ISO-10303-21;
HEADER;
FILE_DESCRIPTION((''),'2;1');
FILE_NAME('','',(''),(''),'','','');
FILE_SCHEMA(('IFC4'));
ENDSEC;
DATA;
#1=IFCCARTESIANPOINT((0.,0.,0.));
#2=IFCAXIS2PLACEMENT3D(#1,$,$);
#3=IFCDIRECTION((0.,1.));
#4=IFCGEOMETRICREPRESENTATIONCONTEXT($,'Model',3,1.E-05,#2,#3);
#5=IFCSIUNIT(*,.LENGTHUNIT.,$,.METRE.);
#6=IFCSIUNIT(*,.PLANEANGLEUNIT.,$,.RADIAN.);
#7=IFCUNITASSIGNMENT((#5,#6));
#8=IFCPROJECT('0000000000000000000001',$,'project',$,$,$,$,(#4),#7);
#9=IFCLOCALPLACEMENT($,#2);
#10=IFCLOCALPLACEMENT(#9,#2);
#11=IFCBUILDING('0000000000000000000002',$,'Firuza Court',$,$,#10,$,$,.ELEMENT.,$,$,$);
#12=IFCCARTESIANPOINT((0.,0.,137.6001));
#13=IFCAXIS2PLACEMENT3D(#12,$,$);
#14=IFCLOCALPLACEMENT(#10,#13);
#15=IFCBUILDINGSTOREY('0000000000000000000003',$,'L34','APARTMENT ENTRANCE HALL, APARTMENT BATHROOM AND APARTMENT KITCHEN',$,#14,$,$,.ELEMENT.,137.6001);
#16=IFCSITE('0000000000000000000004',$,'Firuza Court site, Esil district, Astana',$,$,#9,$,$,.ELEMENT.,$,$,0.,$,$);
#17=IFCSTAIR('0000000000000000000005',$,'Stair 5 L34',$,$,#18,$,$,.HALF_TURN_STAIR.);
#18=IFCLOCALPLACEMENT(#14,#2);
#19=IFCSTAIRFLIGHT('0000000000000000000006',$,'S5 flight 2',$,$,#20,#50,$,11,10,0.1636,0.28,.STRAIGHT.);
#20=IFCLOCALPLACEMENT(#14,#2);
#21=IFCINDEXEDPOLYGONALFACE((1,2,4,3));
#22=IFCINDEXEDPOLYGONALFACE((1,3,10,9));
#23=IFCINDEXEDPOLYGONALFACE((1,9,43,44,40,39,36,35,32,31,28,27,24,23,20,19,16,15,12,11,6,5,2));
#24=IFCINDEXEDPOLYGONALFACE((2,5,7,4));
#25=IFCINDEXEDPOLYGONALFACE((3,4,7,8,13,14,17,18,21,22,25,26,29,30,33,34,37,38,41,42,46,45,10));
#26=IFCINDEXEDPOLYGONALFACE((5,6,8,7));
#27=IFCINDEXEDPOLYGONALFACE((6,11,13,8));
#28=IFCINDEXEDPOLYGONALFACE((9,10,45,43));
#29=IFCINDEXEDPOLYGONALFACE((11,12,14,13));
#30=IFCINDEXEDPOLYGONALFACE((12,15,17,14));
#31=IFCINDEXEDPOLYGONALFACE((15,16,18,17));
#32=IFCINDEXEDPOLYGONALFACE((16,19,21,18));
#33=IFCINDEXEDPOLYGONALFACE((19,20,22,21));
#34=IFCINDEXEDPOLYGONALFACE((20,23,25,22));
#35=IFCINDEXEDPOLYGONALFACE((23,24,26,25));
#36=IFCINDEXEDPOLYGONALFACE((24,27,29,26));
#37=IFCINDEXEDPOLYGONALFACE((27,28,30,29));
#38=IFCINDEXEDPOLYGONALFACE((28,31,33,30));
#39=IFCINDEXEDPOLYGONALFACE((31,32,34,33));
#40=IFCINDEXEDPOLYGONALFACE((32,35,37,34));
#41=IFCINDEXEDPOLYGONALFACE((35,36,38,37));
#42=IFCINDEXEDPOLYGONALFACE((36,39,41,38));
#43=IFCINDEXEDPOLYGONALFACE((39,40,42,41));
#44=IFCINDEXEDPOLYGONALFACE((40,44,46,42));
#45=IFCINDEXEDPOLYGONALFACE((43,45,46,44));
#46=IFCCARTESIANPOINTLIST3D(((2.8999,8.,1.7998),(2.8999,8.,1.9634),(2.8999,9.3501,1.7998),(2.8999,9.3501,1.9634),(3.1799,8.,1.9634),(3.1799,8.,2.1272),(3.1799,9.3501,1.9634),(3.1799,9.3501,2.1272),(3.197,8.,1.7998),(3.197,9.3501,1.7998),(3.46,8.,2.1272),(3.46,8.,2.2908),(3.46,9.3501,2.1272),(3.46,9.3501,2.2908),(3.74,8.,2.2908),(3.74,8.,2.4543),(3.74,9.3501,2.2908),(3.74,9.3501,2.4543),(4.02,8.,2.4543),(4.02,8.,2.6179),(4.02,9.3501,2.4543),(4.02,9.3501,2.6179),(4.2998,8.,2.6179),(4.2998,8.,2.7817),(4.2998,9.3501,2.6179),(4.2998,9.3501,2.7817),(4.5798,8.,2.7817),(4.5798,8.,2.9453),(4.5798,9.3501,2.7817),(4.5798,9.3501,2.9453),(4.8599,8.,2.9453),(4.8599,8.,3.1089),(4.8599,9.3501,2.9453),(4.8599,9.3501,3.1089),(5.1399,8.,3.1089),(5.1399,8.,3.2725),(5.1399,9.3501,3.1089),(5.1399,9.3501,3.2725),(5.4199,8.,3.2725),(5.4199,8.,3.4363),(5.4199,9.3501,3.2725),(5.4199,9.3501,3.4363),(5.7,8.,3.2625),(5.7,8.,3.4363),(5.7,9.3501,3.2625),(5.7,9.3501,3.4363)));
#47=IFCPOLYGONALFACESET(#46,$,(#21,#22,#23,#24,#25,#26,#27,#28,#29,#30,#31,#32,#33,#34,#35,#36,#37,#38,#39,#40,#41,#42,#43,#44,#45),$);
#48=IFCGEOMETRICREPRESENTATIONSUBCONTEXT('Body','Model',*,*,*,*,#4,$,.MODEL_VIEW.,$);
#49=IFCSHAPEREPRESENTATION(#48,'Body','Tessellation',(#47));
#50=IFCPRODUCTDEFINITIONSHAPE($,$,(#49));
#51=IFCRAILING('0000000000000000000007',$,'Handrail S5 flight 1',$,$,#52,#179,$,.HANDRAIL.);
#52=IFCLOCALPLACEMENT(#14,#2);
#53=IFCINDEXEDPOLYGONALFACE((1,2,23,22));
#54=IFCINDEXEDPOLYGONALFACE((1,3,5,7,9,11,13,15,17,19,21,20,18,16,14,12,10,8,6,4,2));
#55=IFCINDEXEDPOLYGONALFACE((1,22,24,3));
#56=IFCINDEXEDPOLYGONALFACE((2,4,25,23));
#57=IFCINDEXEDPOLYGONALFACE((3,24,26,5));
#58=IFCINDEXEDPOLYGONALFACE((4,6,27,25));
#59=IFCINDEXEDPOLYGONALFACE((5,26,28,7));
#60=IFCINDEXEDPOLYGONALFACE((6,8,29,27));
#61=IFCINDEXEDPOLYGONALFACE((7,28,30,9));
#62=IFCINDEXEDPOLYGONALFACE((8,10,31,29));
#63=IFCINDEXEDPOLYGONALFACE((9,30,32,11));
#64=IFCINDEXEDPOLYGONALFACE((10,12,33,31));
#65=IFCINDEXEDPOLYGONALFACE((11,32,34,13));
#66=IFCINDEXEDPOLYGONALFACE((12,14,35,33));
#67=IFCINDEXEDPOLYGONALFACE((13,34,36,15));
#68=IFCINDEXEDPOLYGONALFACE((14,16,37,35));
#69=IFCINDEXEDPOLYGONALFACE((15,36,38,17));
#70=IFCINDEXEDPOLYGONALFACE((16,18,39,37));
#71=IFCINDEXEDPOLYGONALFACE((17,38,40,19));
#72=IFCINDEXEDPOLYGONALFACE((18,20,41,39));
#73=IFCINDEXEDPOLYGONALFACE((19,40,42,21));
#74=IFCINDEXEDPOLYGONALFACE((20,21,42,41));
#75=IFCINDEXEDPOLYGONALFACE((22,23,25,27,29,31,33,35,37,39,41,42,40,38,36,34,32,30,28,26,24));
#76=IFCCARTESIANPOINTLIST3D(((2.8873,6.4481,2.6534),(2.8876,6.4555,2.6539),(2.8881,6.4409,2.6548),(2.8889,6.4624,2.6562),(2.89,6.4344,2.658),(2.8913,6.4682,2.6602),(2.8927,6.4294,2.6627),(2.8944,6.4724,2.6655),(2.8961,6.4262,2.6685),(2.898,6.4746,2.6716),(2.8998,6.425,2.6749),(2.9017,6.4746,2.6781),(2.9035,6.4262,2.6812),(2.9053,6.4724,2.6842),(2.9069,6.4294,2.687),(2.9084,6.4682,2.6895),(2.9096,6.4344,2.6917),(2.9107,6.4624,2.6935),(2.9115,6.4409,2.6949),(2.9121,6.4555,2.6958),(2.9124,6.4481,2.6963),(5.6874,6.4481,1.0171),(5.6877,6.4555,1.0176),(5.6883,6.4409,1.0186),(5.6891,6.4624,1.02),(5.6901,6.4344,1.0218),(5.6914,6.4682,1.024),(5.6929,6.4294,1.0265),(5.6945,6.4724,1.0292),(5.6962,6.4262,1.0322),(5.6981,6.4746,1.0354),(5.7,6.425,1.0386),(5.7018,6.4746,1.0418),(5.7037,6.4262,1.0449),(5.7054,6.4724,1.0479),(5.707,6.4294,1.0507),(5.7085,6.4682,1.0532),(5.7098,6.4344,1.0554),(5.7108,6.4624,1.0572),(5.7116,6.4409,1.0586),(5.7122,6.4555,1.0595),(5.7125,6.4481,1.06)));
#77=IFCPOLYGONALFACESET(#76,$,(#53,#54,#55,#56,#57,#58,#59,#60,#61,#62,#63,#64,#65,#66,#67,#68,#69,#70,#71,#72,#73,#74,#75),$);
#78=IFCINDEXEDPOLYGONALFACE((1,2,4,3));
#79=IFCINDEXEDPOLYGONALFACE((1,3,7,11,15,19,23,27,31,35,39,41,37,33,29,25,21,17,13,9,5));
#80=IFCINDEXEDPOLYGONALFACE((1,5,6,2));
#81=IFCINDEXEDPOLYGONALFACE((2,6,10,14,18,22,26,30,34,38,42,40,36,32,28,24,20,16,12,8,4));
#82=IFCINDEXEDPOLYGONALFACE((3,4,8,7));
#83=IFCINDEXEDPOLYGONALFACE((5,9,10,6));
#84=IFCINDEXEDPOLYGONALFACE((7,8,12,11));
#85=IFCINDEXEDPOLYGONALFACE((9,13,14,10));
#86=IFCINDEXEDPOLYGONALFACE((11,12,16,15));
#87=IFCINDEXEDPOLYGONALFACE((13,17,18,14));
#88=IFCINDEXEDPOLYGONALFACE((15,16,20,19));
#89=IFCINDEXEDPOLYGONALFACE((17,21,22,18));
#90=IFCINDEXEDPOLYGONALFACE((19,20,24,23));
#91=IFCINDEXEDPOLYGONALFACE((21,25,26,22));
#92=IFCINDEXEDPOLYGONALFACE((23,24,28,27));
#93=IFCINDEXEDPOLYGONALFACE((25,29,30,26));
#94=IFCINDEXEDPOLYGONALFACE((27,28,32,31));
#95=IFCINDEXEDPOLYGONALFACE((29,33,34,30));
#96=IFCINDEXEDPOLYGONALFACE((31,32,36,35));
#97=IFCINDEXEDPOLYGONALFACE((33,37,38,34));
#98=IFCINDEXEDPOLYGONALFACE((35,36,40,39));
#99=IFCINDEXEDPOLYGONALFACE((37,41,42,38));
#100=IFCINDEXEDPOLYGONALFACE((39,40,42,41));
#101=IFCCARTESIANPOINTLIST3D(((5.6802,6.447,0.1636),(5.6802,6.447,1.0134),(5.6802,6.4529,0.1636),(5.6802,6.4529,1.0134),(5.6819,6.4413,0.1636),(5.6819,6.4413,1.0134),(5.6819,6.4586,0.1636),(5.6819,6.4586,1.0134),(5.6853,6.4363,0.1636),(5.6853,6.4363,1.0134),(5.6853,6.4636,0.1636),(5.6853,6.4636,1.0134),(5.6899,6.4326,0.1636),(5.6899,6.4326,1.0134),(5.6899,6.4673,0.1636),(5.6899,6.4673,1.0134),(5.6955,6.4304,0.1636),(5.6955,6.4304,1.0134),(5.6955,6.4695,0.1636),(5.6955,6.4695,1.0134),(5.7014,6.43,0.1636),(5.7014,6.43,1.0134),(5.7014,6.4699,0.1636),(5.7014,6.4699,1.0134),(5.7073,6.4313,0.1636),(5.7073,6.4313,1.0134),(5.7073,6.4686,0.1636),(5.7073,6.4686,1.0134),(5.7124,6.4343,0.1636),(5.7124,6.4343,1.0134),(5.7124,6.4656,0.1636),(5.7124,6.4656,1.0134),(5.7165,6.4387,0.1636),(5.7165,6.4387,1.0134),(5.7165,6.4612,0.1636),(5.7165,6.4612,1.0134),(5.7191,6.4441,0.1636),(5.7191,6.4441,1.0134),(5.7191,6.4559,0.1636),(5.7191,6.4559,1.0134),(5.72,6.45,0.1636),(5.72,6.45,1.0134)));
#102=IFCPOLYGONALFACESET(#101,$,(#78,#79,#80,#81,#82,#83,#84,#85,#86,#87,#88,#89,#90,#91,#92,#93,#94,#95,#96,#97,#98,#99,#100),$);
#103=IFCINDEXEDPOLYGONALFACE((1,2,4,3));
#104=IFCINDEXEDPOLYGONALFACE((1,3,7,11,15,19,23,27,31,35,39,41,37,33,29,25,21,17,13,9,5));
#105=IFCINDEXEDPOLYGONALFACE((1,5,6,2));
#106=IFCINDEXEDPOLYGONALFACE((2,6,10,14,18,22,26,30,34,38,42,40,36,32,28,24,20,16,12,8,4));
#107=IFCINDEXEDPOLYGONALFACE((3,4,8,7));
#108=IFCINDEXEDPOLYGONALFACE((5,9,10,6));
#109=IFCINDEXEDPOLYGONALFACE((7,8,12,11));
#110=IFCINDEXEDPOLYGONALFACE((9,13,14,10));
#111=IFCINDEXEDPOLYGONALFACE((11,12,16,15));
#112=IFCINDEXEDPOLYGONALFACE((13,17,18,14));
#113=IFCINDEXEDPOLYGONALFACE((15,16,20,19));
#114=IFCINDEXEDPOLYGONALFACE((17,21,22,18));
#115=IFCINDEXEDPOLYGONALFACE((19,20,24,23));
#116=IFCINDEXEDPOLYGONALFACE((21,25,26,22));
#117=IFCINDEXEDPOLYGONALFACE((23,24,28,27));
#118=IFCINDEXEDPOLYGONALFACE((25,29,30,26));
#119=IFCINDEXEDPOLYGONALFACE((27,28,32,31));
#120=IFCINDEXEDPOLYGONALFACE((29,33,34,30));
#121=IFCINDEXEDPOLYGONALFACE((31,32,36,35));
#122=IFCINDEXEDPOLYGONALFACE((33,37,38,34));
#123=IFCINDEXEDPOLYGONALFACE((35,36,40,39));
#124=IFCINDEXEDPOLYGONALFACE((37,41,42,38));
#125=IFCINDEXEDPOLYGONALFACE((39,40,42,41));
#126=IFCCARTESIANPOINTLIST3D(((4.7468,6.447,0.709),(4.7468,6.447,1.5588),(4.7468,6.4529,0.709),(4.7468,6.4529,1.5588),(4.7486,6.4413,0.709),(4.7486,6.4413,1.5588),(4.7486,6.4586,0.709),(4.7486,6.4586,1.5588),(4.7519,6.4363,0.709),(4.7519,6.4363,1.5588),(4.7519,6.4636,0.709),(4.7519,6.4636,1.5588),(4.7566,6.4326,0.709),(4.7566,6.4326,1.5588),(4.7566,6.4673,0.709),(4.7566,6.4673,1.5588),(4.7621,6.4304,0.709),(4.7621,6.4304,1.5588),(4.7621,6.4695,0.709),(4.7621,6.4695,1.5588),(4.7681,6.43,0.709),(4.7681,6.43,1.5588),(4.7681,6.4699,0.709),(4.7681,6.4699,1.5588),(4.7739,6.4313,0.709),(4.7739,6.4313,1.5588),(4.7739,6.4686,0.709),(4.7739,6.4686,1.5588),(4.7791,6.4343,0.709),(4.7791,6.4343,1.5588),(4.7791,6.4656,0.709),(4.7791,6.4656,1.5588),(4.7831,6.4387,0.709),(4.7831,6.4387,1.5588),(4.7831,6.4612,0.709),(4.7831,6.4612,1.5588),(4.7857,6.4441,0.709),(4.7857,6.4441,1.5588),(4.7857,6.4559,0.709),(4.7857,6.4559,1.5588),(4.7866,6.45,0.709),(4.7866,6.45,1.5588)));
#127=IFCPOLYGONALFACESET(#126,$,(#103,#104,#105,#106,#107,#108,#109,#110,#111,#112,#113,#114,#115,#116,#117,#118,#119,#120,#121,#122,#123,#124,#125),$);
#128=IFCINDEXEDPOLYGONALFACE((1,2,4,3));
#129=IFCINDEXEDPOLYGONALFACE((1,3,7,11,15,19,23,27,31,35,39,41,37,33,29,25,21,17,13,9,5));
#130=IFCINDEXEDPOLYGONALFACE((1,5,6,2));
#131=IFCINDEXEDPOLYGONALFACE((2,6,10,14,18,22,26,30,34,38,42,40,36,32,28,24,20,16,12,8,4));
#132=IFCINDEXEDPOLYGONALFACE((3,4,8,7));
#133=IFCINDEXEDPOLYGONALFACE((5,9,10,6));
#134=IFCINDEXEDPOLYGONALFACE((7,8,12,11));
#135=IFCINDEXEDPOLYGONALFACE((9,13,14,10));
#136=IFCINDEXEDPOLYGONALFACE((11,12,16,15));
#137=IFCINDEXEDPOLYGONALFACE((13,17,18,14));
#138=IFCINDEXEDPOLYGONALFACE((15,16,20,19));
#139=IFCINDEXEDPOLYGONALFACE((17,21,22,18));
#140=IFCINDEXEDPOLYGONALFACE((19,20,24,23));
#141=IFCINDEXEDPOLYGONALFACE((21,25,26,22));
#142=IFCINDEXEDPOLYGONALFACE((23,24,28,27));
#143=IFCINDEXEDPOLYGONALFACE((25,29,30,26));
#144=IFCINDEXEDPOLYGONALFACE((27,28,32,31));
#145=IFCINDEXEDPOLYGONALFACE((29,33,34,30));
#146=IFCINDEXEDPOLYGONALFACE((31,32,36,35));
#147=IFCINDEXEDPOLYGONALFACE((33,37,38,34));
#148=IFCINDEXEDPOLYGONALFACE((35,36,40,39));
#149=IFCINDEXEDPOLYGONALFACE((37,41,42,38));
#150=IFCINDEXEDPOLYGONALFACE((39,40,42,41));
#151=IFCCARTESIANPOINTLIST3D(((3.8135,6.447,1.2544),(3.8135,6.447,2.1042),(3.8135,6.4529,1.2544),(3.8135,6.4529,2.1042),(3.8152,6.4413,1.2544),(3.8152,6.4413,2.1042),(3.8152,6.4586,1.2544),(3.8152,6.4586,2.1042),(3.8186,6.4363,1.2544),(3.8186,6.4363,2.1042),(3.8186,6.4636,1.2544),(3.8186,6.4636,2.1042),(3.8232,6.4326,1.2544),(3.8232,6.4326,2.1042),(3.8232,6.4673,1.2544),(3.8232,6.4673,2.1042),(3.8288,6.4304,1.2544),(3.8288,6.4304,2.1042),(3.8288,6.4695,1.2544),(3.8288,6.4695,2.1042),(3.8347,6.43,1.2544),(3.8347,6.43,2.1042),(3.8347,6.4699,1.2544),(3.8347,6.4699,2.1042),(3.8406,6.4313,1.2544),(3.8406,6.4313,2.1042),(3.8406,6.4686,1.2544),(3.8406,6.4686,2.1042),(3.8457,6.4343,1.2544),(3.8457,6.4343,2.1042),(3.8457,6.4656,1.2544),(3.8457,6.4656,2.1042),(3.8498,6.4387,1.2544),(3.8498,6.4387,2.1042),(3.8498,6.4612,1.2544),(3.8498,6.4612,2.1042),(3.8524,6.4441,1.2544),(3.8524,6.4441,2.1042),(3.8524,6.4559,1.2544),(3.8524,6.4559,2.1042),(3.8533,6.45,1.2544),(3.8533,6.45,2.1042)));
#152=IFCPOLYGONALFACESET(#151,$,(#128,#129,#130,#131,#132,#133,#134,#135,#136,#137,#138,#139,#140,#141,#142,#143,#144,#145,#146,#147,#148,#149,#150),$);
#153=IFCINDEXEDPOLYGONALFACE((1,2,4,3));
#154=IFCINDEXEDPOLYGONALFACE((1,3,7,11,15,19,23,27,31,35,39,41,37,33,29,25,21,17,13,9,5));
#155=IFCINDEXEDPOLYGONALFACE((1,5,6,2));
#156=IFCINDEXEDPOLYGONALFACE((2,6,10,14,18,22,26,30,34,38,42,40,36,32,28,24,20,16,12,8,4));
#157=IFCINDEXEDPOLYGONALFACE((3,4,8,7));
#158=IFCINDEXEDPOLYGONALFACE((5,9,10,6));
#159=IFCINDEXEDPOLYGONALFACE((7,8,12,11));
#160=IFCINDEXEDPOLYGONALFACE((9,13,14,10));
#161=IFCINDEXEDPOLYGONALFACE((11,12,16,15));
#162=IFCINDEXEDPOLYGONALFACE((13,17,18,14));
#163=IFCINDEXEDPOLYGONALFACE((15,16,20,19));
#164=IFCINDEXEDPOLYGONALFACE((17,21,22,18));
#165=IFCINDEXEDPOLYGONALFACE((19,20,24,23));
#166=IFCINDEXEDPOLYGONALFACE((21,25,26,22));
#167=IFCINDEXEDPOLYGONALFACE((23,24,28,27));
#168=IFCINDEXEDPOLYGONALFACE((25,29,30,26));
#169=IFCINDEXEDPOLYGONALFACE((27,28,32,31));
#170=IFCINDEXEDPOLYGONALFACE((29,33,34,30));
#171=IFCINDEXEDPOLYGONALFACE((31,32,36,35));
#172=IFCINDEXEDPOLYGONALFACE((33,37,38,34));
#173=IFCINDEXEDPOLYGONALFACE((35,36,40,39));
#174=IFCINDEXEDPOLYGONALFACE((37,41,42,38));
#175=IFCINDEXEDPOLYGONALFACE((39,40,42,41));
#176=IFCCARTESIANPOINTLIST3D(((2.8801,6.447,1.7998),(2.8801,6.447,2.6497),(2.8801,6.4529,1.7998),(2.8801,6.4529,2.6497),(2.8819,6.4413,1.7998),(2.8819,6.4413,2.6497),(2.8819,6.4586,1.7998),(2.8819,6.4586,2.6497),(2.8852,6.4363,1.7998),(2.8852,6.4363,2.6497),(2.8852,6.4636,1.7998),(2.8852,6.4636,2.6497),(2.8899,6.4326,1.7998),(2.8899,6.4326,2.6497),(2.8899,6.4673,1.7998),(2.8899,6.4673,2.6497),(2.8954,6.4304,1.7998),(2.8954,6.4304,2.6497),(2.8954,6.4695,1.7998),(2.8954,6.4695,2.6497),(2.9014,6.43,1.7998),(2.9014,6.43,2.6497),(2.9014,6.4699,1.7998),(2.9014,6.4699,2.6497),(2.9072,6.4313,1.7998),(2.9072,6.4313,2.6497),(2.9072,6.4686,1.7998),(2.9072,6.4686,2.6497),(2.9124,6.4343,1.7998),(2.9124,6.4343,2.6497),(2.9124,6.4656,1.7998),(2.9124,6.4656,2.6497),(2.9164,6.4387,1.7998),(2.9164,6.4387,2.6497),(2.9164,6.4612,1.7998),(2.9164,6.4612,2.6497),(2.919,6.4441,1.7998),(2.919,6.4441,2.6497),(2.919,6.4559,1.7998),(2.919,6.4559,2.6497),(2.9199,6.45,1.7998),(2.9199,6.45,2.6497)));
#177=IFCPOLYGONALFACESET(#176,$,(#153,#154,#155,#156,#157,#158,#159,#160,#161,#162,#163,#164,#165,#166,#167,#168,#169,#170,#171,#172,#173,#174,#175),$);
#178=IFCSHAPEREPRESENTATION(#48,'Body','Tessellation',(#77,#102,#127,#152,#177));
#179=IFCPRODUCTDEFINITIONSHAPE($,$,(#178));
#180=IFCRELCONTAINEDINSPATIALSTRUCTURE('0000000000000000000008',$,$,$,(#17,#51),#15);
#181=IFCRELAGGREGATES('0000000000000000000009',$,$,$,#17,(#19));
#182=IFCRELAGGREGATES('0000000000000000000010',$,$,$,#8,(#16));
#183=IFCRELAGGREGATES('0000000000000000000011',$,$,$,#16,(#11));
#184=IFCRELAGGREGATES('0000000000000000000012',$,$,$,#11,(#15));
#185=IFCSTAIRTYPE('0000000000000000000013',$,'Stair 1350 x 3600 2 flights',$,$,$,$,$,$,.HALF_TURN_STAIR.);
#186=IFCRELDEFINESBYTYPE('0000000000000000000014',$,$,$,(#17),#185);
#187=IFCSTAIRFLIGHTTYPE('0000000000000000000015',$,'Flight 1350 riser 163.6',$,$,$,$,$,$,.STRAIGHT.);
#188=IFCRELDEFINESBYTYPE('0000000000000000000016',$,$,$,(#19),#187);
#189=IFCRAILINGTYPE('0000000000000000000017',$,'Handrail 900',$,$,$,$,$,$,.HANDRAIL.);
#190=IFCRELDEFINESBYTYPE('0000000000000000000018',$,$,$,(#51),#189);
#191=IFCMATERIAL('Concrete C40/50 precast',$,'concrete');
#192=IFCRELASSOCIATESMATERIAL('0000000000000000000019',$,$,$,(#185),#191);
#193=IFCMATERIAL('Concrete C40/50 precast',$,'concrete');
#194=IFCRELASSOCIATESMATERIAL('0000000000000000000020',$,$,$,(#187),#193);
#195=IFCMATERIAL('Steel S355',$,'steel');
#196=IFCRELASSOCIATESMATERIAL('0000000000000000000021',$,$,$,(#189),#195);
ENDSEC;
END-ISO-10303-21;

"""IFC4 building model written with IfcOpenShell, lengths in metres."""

from ifc_helpers import new_model, si_unit, direction, frame, origin, origin_2d, place, context, subcontext, project, spatial, polyline, circle, outline, extrude, material, type_object, element, aggregate, save


model = new_model("IFC4")

# Units and contexts
model_context = context("Model", 3, precision=1e-05, world=origin(), true_north=direction((0.0, 1.0)))
body_context = subcontext(model_context, "Body", "Model", "MODEL_VIEW")
ifc_project = project(units=[si_unit("LENGTHUNIT", "METRE"), si_unit("PLANEANGLEUNIT", "RADIAN")], contexts=[model_context])

# Site, building, storey
site_placement = place(None, origin())
site = spatial("IfcSite", under=ifc_project, at=site_placement, Name="Firuza Court site, Esil district, Astana", CompositionType="ELEMENT", RefElevation=0.0)
building_placement = place(site_placement, origin())
building = spatial("IfcBuilding", under=site, at=building_placement, Name="Firuza Court", CompositionType="ELEMENT")
storey_placement = place(building_placement, frame((0.0, 0.0, 137.6001)))
storey = spatial("IfcBuildingStorey", under=building, at=storey_placement, Name="L34", Description="APARTMENT ENTRANCE HALL, APARTMENT BATHROOM AND APARTMENT KITCHEN", CompositionType="ELEMENT", Elevation=137.6001)

# Stair, stair flight
ifc_material_1 = material(Name="Concrete C40/50 precast", Category="concrete")
stair_type = type_object("IfcStairType", Name="Stair 1350 x 3600 2 flights", PredefinedType="HALF_TURN_STAIR", material=ifc_material_1)
stair_placement = place(storey_placement, origin())
stair = element("IfcStair", 1, at=stair_placement, inside=storey, type_object=stair_type, Name="Stair 5 L34", PredefinedType="HALF_TURN_STAIR")
ifc_material_2 = material(Name="Concrete C40/50 precast", Category="concrete")
stair_flight_type = type_object("IfcStairFlightType", Name="Flight 1350 riser 163.6", PredefinedType="STRAIGHT", material=ifc_material_2)
stair_flight_1_placement = place(storey_placement, frame((2.8999, 8.675, 1.7998), z_axis=(0.0, 0.0, 1.0), x_axis=(1.0, 0.0, 0.0)))
stair_flight_1 = element("IfcStairFlight", 2, at=stair_flight_1_placement, type_object=stair_flight_type, Name="S5 flight 2", NumberOfRisers=11, NumberOfTreads=10, PredefinedType="STRAIGHT", RiserHeight=0.1636, TreadLength=0.28, context=body_context, shape_type="SweptSolid", body=[
    extrude(outline(polyline([(0.0, 0.0), (0.0, 0.1636), (0.28, 0.1636), (0.28, 0.3274), (0.5601, 0.3274), (0.5601, 0.491), (0.8401, 0.491), (0.8401, 0.6545), (1.1201, 0.6545), (1.1201, 0.8181), (1.3999, 0.8181), (1.3999, 0.9819), (1.6799, 0.9819), (1.6799, 1.1455), (1.96, 1.1455), (1.96, 1.3091), (2.24, 1.3091), (2.24, 1.4727), (2.52, 1.4727), (2.52, 1.6365), (2.8, 1.6365), (2.8, 1.8), (2.8, 1.4626), (0.2971, 0.0), (0.0, 0.0)])), frame((0.0, 0.675, 0.0), z_axis=(0.0, -1.0, 0.0), x_axis=(1.0, 0.0, 0.0)), (0.0, 0.0, 1.0), 1.3501),
])
aggregate(stair, [stair_flight_1])

# Railing
ifc_material_3 = material(Name="Steel S355", Category="steel")
railing_type_1 = type_object("IfcRailingType", Name="Handrail 900", PredefinedType="HANDRAIL", material=ifc_material_3)
railing_1_placement = place(storey_placement, frame((5.7, 6.45, 0.1636)))
element("IfcRailing", 3, at=railing_1_placement, inside=storey, type_object=railing_type_1, Name="Handrail S5 flight 1", PredefinedType="HANDRAIL", context=body_context, shape_type="SweptSolid", body=[
    extrude(circle(Radius=0.0249, at=origin_2d()), frame((0.0, 0.0, 0.875), z_axis=(-0.863394, 0.0, 0.504531), x_axis=(0.0, -1.0, 0.0)), (0.0, 0.0, 1.0), 3.2432),
    extrude(circle(Radius=0.02, at=origin_2d()), origin(), (0.0, 0.0, 1.0), 0.8499),
    extrude(circle(Radius=0.02, at=origin_2d()), frame((-0.9333, 0.0, 0.5454)), (0.0, 0.0, 1.0), 0.8499),
    extrude(circle(Radius=0.02, at=origin_2d()), frame((-1.8667, 0.0, 1.0908)), (0.0, 0.0, 1.0), 0.8499),
    extrude(circle(Radius=0.02, at=origin_2d()), frame((-2.8, 0.0, 1.6362)), (0.0, 0.0, 1.0), 0.8499),
])

save(model, "model.ifc")
